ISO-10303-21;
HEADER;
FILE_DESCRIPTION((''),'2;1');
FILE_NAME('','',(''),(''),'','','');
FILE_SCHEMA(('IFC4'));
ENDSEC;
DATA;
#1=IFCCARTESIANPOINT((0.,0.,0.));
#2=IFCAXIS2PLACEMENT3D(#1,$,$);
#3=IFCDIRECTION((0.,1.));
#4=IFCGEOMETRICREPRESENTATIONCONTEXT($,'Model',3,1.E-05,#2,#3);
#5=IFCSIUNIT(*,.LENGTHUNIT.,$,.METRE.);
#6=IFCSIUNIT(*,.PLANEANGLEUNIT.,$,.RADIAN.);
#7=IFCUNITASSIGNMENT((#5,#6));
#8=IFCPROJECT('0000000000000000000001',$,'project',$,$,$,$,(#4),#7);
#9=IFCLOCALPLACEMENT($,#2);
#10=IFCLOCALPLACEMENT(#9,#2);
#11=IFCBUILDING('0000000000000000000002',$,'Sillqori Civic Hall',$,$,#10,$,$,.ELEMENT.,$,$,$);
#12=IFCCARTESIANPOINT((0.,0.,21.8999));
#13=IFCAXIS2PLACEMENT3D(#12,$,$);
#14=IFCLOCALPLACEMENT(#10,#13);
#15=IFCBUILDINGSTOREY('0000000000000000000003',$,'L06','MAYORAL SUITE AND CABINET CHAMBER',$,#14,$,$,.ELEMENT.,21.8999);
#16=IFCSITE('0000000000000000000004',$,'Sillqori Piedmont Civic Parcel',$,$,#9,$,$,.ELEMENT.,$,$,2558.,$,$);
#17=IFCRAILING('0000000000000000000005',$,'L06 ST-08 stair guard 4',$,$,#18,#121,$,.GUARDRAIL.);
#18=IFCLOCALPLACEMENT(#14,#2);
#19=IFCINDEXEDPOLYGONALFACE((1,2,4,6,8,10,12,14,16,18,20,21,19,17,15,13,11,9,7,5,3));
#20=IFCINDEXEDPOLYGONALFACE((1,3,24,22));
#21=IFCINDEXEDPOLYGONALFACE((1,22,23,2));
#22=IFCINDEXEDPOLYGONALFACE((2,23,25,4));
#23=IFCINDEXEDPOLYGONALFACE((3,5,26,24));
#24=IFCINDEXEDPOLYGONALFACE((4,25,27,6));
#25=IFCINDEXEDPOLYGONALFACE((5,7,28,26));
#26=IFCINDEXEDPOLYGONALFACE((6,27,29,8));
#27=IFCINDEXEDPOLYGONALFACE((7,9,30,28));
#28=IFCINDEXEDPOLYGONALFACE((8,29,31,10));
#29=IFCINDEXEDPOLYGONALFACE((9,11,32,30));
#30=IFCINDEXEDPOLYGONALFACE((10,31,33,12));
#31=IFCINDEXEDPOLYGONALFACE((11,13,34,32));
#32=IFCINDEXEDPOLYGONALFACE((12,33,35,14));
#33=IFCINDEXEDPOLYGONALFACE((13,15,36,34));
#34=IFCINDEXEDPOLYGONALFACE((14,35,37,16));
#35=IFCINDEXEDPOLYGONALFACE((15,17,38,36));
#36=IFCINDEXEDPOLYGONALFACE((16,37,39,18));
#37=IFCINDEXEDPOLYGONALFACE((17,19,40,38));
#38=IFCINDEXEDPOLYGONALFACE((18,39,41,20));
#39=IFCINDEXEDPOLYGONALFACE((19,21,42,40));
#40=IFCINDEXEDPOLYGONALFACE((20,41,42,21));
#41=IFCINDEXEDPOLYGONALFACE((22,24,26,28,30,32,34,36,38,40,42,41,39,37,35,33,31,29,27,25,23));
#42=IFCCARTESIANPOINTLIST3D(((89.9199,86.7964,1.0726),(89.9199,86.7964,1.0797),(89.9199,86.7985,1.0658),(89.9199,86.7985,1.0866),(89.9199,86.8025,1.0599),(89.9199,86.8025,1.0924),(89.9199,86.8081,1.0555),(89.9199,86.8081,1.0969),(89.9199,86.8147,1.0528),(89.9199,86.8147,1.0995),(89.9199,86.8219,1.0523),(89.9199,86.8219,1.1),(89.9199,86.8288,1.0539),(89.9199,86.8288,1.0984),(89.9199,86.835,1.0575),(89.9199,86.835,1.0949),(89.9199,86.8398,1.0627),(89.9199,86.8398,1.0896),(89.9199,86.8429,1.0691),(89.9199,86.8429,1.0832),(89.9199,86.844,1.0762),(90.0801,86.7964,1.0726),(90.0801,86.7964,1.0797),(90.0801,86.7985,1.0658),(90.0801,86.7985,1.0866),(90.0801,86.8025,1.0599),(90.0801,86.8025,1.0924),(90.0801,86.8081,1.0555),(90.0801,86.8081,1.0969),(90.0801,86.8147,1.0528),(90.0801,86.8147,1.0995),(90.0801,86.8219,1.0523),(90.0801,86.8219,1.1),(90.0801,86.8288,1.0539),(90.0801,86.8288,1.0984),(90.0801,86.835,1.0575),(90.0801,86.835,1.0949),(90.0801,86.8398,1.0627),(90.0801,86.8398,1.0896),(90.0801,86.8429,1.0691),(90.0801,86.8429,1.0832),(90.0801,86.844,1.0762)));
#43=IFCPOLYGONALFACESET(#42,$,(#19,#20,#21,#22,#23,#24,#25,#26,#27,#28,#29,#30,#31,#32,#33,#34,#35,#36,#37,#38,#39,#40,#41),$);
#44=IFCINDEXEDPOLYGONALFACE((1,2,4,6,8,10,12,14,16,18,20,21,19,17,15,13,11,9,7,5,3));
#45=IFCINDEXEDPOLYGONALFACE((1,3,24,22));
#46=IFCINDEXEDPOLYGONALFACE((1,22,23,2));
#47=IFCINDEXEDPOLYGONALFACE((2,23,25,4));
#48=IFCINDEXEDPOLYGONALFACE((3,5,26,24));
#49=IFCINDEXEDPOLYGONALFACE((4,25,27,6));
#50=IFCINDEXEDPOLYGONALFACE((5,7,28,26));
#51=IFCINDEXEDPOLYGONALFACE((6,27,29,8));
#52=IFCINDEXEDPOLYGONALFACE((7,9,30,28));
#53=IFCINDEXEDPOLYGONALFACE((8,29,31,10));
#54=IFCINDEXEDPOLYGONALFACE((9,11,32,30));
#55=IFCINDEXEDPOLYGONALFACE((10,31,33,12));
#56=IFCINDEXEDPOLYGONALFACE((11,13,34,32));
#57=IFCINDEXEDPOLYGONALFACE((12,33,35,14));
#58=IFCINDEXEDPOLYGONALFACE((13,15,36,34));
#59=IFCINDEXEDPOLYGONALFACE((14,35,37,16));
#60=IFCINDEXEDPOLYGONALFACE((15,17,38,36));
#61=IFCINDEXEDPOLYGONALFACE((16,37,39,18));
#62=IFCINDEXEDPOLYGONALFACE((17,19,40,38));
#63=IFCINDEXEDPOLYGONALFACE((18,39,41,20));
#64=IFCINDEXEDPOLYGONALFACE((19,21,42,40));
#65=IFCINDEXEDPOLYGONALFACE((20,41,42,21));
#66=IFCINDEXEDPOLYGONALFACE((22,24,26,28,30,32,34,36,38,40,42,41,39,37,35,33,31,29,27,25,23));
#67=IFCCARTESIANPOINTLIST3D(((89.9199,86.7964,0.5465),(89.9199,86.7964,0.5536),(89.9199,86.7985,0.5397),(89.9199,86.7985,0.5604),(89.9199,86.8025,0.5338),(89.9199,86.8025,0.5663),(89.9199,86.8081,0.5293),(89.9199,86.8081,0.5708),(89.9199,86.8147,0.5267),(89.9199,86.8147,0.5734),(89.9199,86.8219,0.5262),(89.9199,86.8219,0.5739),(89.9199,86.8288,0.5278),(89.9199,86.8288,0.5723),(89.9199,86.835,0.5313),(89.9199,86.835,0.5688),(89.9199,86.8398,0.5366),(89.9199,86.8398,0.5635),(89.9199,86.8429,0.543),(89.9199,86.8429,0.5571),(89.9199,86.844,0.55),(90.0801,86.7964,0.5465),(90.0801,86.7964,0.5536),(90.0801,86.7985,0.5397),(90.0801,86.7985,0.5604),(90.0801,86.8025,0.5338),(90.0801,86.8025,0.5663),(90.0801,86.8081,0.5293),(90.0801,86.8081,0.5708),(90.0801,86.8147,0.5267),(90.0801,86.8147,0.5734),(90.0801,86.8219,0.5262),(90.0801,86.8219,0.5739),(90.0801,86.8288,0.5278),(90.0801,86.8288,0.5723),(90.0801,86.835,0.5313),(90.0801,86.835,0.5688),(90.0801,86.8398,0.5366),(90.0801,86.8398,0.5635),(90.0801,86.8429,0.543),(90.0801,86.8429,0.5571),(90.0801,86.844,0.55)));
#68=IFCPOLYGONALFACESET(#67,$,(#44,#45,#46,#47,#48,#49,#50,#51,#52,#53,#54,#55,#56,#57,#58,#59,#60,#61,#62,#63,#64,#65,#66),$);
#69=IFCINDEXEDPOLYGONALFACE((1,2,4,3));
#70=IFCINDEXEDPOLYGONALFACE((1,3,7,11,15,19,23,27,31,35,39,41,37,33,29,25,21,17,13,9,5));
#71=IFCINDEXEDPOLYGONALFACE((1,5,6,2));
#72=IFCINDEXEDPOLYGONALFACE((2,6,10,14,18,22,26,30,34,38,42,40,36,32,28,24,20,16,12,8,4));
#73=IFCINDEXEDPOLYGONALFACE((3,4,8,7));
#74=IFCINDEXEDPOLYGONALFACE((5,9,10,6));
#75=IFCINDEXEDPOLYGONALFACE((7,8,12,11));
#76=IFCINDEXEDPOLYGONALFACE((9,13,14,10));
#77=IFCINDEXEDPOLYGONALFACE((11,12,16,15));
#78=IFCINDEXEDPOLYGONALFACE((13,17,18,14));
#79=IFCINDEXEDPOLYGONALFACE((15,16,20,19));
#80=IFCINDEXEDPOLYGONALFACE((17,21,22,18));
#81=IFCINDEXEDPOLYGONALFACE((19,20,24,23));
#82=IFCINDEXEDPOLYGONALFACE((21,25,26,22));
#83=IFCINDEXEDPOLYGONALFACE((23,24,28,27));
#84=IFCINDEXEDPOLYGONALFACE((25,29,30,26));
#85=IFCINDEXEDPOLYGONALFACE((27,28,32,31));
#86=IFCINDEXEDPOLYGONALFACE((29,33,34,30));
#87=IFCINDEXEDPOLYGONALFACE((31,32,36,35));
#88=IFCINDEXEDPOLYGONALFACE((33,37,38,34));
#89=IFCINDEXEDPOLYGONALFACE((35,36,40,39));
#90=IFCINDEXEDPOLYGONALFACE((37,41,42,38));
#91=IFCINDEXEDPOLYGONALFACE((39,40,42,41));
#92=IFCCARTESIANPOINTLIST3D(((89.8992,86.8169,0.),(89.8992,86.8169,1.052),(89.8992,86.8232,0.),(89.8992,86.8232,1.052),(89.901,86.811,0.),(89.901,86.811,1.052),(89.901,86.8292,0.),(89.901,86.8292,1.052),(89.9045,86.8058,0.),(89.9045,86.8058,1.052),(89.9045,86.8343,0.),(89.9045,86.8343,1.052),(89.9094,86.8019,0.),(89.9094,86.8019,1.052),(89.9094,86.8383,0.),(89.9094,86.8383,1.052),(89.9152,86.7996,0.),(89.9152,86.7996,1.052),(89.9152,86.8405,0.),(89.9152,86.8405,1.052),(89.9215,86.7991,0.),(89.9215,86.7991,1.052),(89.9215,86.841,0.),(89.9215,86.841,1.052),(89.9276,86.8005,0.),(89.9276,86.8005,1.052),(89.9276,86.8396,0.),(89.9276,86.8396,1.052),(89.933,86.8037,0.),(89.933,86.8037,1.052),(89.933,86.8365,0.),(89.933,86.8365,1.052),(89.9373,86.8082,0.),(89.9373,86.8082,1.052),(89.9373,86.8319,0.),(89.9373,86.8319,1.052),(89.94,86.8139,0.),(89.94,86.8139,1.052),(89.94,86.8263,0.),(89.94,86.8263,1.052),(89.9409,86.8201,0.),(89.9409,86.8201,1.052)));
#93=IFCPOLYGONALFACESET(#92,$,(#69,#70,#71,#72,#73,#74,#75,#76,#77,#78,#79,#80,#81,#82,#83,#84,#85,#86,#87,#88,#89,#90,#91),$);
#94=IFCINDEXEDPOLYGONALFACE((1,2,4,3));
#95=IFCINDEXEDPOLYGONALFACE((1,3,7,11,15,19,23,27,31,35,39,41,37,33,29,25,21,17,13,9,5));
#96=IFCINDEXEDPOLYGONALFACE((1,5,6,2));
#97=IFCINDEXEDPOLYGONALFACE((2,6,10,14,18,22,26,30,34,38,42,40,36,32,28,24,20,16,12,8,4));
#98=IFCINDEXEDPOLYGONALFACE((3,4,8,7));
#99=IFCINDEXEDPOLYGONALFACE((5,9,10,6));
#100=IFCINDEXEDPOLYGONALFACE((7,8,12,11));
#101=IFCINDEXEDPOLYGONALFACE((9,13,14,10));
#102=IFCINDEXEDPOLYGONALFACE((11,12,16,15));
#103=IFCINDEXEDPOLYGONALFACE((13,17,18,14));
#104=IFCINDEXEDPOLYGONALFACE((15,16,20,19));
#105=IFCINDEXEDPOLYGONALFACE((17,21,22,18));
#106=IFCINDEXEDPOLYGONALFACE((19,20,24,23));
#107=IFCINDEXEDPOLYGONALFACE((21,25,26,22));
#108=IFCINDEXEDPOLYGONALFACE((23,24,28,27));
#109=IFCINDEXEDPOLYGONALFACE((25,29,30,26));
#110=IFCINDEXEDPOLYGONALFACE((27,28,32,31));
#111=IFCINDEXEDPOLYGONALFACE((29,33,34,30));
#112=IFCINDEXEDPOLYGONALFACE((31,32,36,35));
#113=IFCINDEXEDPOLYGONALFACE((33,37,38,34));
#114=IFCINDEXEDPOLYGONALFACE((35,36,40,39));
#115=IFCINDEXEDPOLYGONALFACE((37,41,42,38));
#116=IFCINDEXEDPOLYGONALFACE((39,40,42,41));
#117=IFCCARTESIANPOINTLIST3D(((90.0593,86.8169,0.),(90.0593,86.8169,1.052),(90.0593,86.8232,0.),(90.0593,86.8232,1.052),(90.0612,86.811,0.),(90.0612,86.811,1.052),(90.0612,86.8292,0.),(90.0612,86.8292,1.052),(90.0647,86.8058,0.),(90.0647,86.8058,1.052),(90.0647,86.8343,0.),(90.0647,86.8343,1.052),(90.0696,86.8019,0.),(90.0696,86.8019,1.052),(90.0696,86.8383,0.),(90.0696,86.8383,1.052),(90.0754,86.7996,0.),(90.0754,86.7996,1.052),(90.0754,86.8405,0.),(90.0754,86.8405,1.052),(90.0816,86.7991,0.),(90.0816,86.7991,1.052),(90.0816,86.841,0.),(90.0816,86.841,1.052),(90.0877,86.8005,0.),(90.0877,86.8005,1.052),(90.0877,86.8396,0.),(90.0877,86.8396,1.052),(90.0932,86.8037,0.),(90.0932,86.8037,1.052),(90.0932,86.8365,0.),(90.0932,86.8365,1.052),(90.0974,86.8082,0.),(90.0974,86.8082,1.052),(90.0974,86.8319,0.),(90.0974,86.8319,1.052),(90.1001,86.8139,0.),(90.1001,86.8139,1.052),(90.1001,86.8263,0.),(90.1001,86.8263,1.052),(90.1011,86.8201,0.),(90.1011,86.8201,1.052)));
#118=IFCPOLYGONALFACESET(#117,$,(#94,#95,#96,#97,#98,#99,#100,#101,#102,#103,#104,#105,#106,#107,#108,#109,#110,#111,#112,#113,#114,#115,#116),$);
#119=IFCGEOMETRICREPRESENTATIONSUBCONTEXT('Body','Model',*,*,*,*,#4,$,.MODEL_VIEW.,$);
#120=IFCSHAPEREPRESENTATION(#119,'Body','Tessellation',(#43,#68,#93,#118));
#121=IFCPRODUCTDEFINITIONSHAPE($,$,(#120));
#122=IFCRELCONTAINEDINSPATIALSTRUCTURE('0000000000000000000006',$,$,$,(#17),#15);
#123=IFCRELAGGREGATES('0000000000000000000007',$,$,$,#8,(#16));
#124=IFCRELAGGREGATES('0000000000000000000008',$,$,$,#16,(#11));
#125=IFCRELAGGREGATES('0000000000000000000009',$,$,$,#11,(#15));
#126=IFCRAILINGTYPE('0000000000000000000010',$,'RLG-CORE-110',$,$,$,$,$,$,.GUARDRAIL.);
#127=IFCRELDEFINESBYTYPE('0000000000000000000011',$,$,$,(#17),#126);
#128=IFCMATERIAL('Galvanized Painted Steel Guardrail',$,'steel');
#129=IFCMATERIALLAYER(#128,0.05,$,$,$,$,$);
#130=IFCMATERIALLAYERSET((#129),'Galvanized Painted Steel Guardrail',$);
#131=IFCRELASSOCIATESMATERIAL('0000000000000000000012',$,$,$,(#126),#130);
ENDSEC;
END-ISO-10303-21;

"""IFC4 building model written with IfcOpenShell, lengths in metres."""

from ifc_helpers import new_model, si_unit, direction, frame, origin, origin_2d, place, context, subcontext, project, spatial, circle, extrude, material, layer, layer_set, type_object, element, save


model = new_model("IFC4")

# Units and contexts
model_context = context("Model", 3, precision=1e-05, world=origin(), true_north=direction((0.0, 1.0)))
body_context = subcontext(model_context, "Body", "Model", "MODEL_VIEW")
ifc_project = project(units=[si_unit("LENGTHUNIT", "METRE"), si_unit("PLANEANGLEUNIT", "RADIAN")], contexts=[model_context])

# Site, building, storey
site_placement = place(None, origin())
site = spatial("IfcSite", under=ifc_project, at=site_placement, Name="Sillqori Piedmont Civic Parcel", CompositionType="ELEMENT", RefElevation=2558.0)
building_placement = place(site_placement, origin())
building = spatial("IfcBuilding", under=site, at=building_placement, Name="Sillqori Civic Hall", CompositionType="ELEMENT")
storey_placement = place(building_placement, frame((0.0, 0.0, 21.8999)))
storey = spatial("IfcBuildingStorey", under=building, at=storey_placement, Name="L06", Description="MAYORAL SUITE AND CABINET CHAMBER", CompositionType="ELEMENT", Elevation=21.8999)

# Railing
ifc_material_1 = material(Name="Galvanized Painted Steel Guardrail", Category="steel")
ifc_layer_1 = layer(ifc_material_1, 0.05)
ifc_layer_set_1 = layer_set([ifc_layer_1], Name="Galvanized Painted Steel Guardrail")
railing_type_1 = type_object("IfcRailingType", Name="RLG-CORE-110", PredefinedType="GUARDRAIL", material=ifc_layer_set_1)
railing_1_placement = place(storey_placement, frame((89.9199, 86.8201, 0.0)))
element("IfcRailing", 1, at=railing_1_placement, inside=storey, type_object=railing_type_1, Name="L06 ST-08 stair guard 4", PredefinedType="GUARDRAIL", context=body_context, shape_type="SweptSolid", body=[
    extrude(circle(Radius=0.0239, at=origin_2d()), frame((0.0, 0.0, 1.0762), z_axis=(1.0, 0.0, 0.0), x_axis=(0.0, 1.0, 0.0)), (0.0, 0.0, 1.0), 0.1602),
    extrude(circle(Radius=0.0239, at=origin_2d()), frame((0.0, 0.0, 0.55), z_axis=(1.0, 0.0, 0.0), x_axis=(0.0, 1.0, 0.0)), (0.0, 0.0, 1.0), 0.1602),
    extrude(circle(Radius=0.021, at=origin_2d()), origin(), (0.0, 0.0, 1.0), 1.052),
    extrude(circle(Radius=0.021, at=origin_2d()), frame((0.1602, 0.0, 0.0)), (0.0, 0.0, 1.0), 1.052),
])

save(model, "model.ifc")
